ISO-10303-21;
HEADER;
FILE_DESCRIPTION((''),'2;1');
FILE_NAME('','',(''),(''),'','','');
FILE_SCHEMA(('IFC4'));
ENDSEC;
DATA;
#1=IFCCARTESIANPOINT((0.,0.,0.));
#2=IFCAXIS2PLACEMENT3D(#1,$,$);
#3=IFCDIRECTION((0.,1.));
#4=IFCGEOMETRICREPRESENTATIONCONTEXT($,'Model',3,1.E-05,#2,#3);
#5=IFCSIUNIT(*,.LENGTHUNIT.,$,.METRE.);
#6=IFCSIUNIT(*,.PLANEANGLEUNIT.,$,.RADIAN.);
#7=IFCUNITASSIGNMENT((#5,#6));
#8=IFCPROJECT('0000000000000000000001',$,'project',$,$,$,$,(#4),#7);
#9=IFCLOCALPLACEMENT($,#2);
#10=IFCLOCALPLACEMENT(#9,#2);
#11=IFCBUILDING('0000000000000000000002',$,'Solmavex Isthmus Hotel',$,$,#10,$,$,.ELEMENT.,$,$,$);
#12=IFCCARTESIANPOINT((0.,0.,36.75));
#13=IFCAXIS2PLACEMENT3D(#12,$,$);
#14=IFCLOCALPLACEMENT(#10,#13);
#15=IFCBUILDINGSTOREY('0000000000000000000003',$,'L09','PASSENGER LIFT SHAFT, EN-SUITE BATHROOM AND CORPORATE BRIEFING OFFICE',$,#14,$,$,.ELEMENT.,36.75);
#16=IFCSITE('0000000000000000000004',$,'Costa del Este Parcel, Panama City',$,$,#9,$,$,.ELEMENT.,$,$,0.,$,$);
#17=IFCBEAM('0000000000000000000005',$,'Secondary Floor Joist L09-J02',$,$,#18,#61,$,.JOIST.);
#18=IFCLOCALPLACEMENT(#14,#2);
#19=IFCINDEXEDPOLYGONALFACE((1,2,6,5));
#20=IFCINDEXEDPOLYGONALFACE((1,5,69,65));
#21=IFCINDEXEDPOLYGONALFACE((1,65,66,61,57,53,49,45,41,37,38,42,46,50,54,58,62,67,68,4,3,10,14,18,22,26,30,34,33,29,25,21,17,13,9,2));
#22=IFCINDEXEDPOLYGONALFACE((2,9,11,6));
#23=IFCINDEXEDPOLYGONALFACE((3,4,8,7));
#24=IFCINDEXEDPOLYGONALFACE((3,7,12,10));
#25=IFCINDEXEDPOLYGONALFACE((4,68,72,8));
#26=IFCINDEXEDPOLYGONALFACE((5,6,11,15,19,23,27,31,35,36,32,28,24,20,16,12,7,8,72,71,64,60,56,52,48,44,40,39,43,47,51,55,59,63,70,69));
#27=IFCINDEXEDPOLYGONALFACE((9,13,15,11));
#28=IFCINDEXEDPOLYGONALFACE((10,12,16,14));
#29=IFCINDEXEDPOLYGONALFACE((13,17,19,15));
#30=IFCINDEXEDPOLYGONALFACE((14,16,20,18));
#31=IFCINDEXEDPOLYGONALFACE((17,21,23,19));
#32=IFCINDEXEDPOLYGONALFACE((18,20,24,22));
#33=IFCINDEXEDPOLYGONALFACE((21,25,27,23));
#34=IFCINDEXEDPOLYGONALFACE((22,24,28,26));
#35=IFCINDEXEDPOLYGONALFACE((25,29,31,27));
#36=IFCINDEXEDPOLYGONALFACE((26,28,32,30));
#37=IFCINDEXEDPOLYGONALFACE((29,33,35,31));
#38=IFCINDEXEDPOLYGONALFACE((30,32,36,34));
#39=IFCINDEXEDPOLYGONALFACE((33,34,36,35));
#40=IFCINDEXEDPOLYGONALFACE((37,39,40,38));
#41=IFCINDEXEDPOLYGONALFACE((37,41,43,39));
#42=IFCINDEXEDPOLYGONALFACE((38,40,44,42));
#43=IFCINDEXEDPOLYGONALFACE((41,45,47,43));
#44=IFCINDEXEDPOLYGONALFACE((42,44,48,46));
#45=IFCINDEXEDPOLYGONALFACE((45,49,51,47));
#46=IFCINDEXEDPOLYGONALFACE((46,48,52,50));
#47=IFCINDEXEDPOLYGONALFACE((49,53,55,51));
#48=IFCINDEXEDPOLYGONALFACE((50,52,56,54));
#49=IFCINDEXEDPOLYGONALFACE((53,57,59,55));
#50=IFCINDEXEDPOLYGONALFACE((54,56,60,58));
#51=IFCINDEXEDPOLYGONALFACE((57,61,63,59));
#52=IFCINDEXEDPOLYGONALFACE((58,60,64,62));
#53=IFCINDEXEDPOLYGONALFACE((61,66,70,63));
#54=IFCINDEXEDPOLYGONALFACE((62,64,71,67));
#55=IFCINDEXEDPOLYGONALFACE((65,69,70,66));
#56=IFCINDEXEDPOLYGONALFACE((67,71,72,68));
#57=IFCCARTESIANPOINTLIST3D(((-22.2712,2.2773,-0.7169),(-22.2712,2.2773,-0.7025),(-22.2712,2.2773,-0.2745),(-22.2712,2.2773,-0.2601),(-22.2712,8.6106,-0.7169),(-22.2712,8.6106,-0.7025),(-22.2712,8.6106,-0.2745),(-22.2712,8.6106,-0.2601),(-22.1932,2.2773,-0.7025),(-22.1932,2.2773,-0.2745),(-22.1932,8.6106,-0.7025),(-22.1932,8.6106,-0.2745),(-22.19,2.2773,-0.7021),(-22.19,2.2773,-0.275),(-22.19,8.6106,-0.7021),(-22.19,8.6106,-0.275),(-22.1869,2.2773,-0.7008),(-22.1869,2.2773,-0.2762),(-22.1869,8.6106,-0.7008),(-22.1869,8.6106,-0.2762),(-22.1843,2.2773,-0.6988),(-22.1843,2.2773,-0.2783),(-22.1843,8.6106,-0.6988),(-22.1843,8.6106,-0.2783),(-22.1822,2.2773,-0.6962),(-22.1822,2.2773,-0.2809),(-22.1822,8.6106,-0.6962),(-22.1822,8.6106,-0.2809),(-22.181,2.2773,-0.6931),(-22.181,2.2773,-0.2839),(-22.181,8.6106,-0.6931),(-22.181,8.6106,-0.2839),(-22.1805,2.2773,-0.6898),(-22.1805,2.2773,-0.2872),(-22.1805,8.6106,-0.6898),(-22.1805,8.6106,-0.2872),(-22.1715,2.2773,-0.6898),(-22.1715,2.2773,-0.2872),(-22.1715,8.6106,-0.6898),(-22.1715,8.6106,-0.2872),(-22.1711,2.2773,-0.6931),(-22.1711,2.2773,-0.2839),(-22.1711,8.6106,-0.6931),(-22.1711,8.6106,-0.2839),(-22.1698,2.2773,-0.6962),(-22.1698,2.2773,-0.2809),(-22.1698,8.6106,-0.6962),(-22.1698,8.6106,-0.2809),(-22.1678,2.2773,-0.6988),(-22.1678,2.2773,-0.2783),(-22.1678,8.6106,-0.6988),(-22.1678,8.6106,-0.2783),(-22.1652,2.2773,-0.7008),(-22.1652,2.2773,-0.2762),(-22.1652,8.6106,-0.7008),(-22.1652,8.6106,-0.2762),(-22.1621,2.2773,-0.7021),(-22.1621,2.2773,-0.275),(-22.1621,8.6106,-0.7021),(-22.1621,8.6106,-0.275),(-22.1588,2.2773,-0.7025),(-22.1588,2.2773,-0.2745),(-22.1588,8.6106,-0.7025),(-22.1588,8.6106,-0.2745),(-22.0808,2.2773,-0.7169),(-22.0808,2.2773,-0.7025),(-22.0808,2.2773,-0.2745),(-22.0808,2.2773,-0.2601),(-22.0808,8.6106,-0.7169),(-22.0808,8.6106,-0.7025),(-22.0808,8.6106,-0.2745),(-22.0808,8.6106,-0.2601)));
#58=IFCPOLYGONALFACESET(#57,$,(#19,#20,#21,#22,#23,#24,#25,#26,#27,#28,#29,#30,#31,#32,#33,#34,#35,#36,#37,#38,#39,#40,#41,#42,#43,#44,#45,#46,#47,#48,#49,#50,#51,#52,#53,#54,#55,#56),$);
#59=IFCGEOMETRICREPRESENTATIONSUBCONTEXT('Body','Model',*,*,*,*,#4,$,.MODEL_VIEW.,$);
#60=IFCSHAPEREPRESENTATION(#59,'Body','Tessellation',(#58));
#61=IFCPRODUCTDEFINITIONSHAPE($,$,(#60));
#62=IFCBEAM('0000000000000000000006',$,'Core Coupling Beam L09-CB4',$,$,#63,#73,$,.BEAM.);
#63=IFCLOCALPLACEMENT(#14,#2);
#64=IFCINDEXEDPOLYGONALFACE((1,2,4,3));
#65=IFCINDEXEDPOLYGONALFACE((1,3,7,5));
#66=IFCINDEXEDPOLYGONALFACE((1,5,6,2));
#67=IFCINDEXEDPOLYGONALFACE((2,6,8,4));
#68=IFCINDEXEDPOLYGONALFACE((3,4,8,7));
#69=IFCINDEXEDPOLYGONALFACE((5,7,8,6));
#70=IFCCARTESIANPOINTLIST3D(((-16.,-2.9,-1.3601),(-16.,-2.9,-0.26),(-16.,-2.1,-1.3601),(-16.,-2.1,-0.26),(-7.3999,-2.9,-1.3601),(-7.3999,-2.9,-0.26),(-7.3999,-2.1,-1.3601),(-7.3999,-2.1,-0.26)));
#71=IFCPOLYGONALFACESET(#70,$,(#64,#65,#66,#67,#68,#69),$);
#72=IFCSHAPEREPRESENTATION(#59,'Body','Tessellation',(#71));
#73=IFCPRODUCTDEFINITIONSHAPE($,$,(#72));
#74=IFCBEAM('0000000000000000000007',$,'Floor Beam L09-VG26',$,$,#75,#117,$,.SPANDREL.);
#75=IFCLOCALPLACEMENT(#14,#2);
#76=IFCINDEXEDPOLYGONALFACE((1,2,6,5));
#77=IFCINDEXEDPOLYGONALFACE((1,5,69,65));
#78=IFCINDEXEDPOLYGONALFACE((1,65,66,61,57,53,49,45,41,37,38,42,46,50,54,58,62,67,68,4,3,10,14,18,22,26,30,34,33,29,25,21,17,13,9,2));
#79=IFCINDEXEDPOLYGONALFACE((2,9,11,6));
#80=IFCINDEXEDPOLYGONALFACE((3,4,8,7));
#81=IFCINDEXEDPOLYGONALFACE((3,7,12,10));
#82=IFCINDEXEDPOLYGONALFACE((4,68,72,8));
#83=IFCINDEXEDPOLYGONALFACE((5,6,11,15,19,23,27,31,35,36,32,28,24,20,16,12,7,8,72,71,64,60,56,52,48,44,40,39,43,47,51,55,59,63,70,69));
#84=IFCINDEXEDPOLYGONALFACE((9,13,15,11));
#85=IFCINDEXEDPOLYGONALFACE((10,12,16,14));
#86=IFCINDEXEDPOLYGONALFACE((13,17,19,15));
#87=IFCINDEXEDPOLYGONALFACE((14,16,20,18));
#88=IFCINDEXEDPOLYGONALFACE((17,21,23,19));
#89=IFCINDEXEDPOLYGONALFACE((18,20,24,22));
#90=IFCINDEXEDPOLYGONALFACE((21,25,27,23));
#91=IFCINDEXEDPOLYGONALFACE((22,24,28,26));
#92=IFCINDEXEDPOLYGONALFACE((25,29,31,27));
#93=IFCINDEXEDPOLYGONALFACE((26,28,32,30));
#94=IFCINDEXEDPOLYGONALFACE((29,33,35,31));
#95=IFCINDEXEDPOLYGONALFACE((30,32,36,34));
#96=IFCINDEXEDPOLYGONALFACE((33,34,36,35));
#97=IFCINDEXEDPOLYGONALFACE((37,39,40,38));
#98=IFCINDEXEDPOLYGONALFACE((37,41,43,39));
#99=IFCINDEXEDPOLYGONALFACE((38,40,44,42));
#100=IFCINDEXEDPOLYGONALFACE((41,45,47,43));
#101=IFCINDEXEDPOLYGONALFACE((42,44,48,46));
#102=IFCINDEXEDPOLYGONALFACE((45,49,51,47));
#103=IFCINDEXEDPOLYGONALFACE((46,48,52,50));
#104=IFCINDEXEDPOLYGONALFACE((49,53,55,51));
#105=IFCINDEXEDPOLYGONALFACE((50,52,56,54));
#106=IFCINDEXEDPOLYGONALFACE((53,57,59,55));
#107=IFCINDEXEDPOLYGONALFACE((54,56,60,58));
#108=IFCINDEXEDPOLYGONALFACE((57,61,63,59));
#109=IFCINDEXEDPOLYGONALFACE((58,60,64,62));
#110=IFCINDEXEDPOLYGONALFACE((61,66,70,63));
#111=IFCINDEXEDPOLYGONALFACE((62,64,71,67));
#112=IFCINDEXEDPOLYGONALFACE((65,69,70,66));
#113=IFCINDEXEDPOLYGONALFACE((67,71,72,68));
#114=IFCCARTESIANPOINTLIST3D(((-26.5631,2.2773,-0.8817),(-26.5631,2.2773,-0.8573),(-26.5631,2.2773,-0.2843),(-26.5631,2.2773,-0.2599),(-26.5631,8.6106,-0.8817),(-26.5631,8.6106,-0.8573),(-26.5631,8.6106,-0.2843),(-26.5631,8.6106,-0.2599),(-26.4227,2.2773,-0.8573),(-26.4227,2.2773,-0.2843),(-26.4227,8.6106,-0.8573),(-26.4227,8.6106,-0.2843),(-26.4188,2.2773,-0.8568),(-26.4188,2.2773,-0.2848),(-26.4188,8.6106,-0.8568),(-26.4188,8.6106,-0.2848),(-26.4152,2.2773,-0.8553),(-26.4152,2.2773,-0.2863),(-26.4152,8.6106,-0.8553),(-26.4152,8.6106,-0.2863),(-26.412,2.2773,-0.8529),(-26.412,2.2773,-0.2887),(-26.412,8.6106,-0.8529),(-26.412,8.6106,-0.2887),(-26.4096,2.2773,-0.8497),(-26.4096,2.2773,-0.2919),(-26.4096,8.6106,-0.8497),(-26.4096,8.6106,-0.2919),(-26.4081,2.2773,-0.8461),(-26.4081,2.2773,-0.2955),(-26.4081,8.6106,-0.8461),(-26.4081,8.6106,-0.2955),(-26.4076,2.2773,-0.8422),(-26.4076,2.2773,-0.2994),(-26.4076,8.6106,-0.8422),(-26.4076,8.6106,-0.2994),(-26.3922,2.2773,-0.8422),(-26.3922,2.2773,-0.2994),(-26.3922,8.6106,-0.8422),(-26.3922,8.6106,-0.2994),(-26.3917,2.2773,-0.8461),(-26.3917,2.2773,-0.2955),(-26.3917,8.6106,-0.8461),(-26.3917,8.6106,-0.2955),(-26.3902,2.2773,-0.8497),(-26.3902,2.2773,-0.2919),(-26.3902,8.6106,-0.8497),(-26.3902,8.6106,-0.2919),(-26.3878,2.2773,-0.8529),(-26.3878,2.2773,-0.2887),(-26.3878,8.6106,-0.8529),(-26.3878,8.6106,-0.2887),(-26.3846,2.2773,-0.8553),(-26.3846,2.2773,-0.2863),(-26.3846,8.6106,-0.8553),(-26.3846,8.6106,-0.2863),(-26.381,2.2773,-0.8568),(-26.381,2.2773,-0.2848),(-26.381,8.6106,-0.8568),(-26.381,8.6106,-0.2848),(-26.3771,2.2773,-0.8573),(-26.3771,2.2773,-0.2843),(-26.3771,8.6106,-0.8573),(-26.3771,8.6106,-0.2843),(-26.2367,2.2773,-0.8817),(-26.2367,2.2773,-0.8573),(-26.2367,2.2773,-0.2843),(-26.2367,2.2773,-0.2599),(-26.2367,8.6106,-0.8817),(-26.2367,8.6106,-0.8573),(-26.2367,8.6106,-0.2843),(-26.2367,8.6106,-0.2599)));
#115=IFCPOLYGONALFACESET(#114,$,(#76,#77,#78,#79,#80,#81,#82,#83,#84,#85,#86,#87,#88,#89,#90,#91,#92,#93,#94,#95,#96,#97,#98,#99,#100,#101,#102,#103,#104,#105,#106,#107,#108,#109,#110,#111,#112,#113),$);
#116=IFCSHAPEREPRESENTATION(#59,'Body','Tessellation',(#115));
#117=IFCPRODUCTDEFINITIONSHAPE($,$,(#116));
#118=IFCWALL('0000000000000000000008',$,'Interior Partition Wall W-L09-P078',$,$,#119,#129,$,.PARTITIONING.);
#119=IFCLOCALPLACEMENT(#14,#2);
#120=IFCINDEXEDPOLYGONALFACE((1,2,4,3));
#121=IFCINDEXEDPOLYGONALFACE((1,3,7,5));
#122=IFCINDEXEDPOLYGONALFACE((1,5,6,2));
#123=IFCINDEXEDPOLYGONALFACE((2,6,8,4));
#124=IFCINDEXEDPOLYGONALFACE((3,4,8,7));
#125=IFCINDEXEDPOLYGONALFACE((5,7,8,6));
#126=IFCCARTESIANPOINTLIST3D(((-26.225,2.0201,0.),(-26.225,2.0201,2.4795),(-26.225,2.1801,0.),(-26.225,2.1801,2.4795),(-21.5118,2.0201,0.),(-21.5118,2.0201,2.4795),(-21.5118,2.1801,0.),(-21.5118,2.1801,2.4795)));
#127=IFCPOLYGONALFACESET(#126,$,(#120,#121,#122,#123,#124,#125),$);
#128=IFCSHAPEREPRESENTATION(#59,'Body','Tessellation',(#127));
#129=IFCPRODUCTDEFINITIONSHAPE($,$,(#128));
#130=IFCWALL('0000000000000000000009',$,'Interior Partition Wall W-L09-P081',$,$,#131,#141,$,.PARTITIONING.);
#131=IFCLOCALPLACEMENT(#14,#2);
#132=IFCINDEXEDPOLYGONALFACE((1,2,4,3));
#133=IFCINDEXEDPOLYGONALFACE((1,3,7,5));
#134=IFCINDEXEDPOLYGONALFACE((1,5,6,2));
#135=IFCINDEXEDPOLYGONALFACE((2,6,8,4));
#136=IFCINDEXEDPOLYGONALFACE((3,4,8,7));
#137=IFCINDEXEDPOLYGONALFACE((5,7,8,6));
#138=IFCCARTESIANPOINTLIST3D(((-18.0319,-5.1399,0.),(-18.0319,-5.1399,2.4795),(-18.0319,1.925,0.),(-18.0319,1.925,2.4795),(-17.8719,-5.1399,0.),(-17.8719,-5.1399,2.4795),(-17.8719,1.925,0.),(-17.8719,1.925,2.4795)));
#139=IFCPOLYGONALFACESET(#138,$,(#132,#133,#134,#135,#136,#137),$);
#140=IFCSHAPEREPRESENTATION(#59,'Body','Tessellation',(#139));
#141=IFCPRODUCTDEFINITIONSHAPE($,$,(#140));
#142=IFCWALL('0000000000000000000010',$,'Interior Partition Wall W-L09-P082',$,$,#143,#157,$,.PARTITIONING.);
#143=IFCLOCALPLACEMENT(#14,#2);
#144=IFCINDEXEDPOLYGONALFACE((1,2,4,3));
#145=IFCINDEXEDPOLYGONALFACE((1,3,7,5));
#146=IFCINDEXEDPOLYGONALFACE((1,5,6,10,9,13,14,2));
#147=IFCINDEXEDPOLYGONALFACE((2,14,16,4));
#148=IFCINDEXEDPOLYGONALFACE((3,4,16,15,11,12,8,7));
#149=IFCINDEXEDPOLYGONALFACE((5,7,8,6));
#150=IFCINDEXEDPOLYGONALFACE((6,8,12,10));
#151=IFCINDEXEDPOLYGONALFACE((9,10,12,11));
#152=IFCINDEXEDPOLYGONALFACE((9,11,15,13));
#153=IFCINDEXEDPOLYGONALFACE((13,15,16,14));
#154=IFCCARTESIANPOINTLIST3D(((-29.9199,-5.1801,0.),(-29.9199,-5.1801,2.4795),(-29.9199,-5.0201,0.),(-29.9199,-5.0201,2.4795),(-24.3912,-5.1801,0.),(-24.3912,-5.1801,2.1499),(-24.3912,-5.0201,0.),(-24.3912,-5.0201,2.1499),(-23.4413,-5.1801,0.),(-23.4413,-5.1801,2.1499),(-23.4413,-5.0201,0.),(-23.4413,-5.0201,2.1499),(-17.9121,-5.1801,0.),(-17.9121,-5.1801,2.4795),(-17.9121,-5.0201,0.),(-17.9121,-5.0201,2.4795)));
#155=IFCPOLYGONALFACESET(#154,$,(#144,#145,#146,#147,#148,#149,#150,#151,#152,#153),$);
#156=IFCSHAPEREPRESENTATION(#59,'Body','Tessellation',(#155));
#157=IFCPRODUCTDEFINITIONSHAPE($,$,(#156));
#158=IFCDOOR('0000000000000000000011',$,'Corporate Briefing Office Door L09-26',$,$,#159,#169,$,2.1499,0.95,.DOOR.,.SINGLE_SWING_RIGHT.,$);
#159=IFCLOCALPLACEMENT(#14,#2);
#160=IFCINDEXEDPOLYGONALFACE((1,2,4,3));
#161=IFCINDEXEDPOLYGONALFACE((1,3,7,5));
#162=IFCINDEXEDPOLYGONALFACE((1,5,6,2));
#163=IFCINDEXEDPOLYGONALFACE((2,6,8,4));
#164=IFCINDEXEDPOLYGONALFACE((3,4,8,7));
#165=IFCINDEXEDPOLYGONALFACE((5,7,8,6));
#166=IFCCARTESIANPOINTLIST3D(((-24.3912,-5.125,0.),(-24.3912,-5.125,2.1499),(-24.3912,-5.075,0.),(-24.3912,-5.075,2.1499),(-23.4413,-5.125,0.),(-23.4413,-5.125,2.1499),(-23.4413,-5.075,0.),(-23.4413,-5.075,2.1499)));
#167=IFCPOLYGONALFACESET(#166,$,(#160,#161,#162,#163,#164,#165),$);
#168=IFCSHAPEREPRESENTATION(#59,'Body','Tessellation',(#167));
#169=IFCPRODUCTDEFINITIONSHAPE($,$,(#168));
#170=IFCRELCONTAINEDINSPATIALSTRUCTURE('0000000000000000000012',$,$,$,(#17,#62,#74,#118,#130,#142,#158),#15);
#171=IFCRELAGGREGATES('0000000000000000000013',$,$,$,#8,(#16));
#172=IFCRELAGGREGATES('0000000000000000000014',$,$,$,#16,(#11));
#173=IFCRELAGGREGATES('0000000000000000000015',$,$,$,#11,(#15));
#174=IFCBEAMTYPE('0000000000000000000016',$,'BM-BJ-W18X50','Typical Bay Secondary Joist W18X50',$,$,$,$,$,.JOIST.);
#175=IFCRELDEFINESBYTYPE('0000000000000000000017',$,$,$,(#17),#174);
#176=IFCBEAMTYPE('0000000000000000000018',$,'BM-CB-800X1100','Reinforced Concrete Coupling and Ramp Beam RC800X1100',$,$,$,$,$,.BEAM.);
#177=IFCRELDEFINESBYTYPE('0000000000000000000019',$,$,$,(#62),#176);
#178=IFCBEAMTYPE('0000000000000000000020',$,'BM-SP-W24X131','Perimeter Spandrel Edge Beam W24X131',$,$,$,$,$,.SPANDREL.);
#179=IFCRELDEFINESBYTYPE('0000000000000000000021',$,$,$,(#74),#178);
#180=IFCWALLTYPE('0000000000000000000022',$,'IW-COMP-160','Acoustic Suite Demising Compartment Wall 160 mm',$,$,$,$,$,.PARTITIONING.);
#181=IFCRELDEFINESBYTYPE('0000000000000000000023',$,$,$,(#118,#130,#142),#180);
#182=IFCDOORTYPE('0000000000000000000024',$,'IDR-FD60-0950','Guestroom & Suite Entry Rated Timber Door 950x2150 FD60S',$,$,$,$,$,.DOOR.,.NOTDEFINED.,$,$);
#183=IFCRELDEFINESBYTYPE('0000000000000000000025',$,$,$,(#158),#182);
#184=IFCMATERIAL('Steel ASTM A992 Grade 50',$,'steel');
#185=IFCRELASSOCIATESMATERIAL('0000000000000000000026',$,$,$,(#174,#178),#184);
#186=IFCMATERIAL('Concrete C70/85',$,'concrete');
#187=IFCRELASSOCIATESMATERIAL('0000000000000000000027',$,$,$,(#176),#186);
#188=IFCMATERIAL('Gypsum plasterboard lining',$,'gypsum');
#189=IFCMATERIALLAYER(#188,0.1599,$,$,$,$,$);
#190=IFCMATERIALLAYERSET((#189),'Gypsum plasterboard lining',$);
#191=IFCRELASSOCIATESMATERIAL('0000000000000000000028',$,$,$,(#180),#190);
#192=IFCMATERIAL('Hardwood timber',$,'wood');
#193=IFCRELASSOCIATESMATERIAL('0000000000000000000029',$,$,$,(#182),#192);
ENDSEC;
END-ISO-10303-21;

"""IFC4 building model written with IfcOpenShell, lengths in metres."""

from ifc_helpers import new_model, si_unit, direction, frame, frame_2d, origin, origin_2d, place, context, subcontext, project, spatial, rectangle, i_section, extrude, material, layer, layer_set, material_profile, profile_set, type_object, element, fill, save


model = new_model("IFC4")

# Units and contexts
model_context = context("Model", 3, precision=1e-05, world=origin(), true_north=direction((0.0, 1.0)))
body_context = subcontext(model_context, "Body", "Model", "MODEL_VIEW")
ifc_project = project(units=[si_unit("LENGTHUNIT", "METRE"), si_unit("PLANEANGLEUNIT", "RADIAN")], contexts=[model_context])

# Site, building, storey
site_placement = place(None, origin())
site = spatial("IfcSite", under=ifc_project, at=site_placement, Name="Costa del Este Parcel, Panama City", CompositionType="ELEMENT", RefElevation=0.0)
building_placement = place(site_placement, origin())
building = spatial("IfcBuilding", under=site, at=building_placement, Name="Solmavex Isthmus Hotel", CompositionType="ELEMENT")
storey_placement = place(building_placement, frame((0.0, 0.0, 36.75)))
storey = spatial("IfcBuildingStorey", under=building, at=storey_placement, Name="L09", Description="PASSENGER LIFT SHAFT, EN-SUITE BATHROOM AND CORPORATE BRIEFING OFFICE", CompositionType="ELEMENT", Elevation=36.75)

# Shared definitions
ifc_material_1 = material(Name="Concrete C70/85", Category="concrete")

# Beams
ifc_material_2 = material(Name="Steel ASTM A992 Grade 50", Category="steel")
ifc_material_profile_1 = material_profile(ifc_material_2, i_section(OverallWidth=0.1904, OverallDepth=0.4568, WebThickness=0.009, FlangeThickness=0.0144, FilletRadius=0.0127, at=origin_2d()), Name="W18X50")
ifc_profile_set_1 = profile_set([ifc_material_profile_1], Name="Steel ASTM A992 Grade 50")
beam_type_1 = type_object("IfcBeamType", Name="BM-BJ-W18X50", Description="Typical Bay Secondary Joist W18X50", PredefinedType="JOIST", material=ifc_profile_set_1)
beam_1_placement = place(storey_placement, frame((-22.176, 2.2773, -0.4885), z_axis=(0.0, 1.0, 0.0), x_axis=(-1.0, 0.0, 0.0)))
element("IfcBeam", 1, at=beam_1_placement, inside=storey, type_object=beam_type_1, Name="Secondary Floor Joist L09-J02", PredefinedType="JOIST", context=body_context, shape_type="SweptSolid", body=[
    extrude(i_section(OverallWidth=0.1904, OverallDepth=0.4568, WebThickness=0.009, FlangeThickness=0.0144, FilletRadius=0.0127, at=origin_2d()), origin(), (0.0, 0.0, 1.0), 6.3333),
])
ifc_material_profile_2 = material_profile(ifc_material_1, rectangle(XDim=0.8, YDim=1.1001, at=origin_2d()), Name="RC800X1100")
ifc_profile_set_2 = profile_set([ifc_material_profile_2], Name="Concrete C70/85")
beam_type_2 = type_object("IfcBeamType", Name="BM-CB-800X1100", Description="Reinforced Concrete Coupling and Ramp Beam RC800X1100", PredefinedType="BEAM", material=ifc_profile_set_2)
beam_2_placement = place(storey_placement, frame((-16.0, -2.5, -0.8101), z_axis=(1.0, 0.0, 0.0), x_axis=(0.0, 1.0, 0.0)))
element("IfcBeam", 2, at=beam_2_placement, inside=storey, type_object=beam_type_2, Name="Core Coupling Beam L09-CB4", PredefinedType="BEAM", context=body_context, shape_type="SweptSolid", body=[
    extrude(rectangle(XDim=0.8, YDim=1.1001, at=origin_2d()), origin(), (0.0, 0.0, 1.0), 8.6001),
])
ifc_material_profile_3 = material_profile(ifc_material_2, i_section(OverallWidth=0.3264, OverallDepth=0.6218, WebThickness=0.0154, FlangeThickness=0.0244, FilletRadius=0.0151, at=origin_2d()), Name="W24X131")
ifc_profile_set_3 = profile_set([ifc_material_profile_3], Name="Steel ASTM A992 Grade 50")
beam_type_3 = type_object("IfcBeamType", Name="BM-SP-W24X131", Description="Perimeter Spandrel Edge Beam W24X131", PredefinedType="SPANDREL", material=ifc_profile_set_3)
beam_3_placement = place(storey_placement, frame((-26.3999, 2.2773, -0.5708), z_axis=(0.0, 1.0, 0.0), x_axis=(-1.0, 0.0, 0.0)))
element("IfcBeam", 3, at=beam_3_placement, inside=storey, type_object=beam_type_3, Name="Floor Beam L09-VG26", PredefinedType="SPANDREL", context=body_context, shape_type="SweptSolid", body=[
    extrude(i_section(OverallWidth=0.3264, OverallDepth=0.6218, WebThickness=0.0154, FlangeThickness=0.0244, FilletRadius=0.0151, at=origin_2d()), origin(), (0.0, 0.0, 1.0), 6.3333),
])

# Walls
ifc_material_3 = material(Name="Gypsum plasterboard lining", Category="gypsum")
ifc_layer_1 = layer(ifc_material_3, 0.1599)
ifc_layer_set_1 = layer_set([ifc_layer_1], Name="Gypsum plasterboard lining")
wall_type_1 = type_object("IfcWallType", Name="IW-COMP-160", Description="Acoustic Suite Demising Compartment Wall 160 mm", PredefinedType="PARTITIONING", material=ifc_layer_set_1)
wall_1_placement = place(storey_placement, frame((-21.512, 2.1001, 0.0), z_axis=(0.0, 0.0, 1.0), x_axis=(-1.0, 0.0, 0.0)))
element("IfcWall", 4, at=wall_1_placement, inside=storey, type_object=wall_type_1, Name="Interior Partition Wall W-L09-P078", PredefinedType="PARTITIONING", context=body_context, shape_type="SweptSolid", body=[
    extrude(rectangle(XDim=4.7131, YDim=0.1599, at=frame_2d((2.3564, 0.0))), origin(), (0.0, 0.0, 1.0), 2.4795),
])
wall_2_placement = place(storey_placement, frame((-17.9519, 1.925, 0.0), z_axis=(0.0, 0.0, 1.0), x_axis=(0.0, -1.0, 0.0)))
element("IfcWall", 5, at=wall_2_placement, inside=storey, type_object=wall_type_1, Name="Interior Partition Wall W-L09-P081", PredefinedType="PARTITIONING", context=body_context, shape_type="SweptSolid", body=[
    extrude(rectangle(XDim=7.0649, YDim=0.1599, at=frame_2d((3.5325, 0.0))), origin(), (0.0, 0.0, 1.0), 2.4795),
])

# Wall, opening, door
wall_3_placement = place(storey_placement, frame((-17.9121, -5.1001, 0.0), z_axis=(0.0, 0.0, 1.0), x_axis=(-1.0, 0.0, 0.0)))
wall_3 = element("IfcWall", 6, at=wall_3_placement, inside=storey, type_object=wall_type_1, Name="Interior Partition Wall W-L09-P082", PredefinedType="PARTITIONING", context=body_context, shape_type="SweptSolid", body=[
    extrude(rectangle(XDim=12.0078, YDim=0.1599, at=frame_2d((6.0039, 0.0))), origin(), (0.0, 0.0, 1.0), 2.4795),
])
opening_1_placement = place(wall_3_placement, frame((5.5291, 0.0, 0.0)))
opening_1 = element("IfcOpeningElement", 7, at=opening_1_placement, cuts=wall_3, PredefinedType="OPENING", context=body_context, shape_type="SweptSolid", body=[
    extrude(rectangle(XDim=0.95, YDim=2.1499, at=frame_2d((0.4751, 1.075))), frame((0.0, 0.0898, 0.0), z_axis=(0.0, -1.0, 0.0), x_axis=(1.0, 0.0, 0.0)), (0.0, 0.0, 1.0), 0.1799),
])
ifc_material_4 = material(Name="Hardwood timber", Category="wood")
door_type_1 = type_object("IfcDoorType", Name="IDR-FD60-0950", Description="Guestroom & Suite Entry Rated Timber Door 950x2150 FD60S", OperationType="NOTDEFINED", PredefinedType="DOOR", material=ifc_material_4)
door_1_placement = place(opening_1_placement, origin())
door_1 = element("IfcDoor", 8, at=door_1_placement, inside=storey, type_object=door_type_1, Name="Corporate Briefing Office Door L09-26", OperationType="SINGLE_SWING_RIGHT", OverallHeight=2.1499, OverallWidth=0.95, PredefinedType="DOOR", context=body_context, shape_type="SweptSolid", body=[
    extrude(rectangle(XDim=0.95, YDim=2.1499, at=frame_2d((0.4751, 1.075))), frame((0.0, 0.0249, 0.0), z_axis=(0.0, -1.0, 0.0), x_axis=(1.0, 0.0, 0.0)), (0.0, 0.0, 1.0), 0.05),
])
fill(opening_1, door_1)

save(model, "model.ifc")
